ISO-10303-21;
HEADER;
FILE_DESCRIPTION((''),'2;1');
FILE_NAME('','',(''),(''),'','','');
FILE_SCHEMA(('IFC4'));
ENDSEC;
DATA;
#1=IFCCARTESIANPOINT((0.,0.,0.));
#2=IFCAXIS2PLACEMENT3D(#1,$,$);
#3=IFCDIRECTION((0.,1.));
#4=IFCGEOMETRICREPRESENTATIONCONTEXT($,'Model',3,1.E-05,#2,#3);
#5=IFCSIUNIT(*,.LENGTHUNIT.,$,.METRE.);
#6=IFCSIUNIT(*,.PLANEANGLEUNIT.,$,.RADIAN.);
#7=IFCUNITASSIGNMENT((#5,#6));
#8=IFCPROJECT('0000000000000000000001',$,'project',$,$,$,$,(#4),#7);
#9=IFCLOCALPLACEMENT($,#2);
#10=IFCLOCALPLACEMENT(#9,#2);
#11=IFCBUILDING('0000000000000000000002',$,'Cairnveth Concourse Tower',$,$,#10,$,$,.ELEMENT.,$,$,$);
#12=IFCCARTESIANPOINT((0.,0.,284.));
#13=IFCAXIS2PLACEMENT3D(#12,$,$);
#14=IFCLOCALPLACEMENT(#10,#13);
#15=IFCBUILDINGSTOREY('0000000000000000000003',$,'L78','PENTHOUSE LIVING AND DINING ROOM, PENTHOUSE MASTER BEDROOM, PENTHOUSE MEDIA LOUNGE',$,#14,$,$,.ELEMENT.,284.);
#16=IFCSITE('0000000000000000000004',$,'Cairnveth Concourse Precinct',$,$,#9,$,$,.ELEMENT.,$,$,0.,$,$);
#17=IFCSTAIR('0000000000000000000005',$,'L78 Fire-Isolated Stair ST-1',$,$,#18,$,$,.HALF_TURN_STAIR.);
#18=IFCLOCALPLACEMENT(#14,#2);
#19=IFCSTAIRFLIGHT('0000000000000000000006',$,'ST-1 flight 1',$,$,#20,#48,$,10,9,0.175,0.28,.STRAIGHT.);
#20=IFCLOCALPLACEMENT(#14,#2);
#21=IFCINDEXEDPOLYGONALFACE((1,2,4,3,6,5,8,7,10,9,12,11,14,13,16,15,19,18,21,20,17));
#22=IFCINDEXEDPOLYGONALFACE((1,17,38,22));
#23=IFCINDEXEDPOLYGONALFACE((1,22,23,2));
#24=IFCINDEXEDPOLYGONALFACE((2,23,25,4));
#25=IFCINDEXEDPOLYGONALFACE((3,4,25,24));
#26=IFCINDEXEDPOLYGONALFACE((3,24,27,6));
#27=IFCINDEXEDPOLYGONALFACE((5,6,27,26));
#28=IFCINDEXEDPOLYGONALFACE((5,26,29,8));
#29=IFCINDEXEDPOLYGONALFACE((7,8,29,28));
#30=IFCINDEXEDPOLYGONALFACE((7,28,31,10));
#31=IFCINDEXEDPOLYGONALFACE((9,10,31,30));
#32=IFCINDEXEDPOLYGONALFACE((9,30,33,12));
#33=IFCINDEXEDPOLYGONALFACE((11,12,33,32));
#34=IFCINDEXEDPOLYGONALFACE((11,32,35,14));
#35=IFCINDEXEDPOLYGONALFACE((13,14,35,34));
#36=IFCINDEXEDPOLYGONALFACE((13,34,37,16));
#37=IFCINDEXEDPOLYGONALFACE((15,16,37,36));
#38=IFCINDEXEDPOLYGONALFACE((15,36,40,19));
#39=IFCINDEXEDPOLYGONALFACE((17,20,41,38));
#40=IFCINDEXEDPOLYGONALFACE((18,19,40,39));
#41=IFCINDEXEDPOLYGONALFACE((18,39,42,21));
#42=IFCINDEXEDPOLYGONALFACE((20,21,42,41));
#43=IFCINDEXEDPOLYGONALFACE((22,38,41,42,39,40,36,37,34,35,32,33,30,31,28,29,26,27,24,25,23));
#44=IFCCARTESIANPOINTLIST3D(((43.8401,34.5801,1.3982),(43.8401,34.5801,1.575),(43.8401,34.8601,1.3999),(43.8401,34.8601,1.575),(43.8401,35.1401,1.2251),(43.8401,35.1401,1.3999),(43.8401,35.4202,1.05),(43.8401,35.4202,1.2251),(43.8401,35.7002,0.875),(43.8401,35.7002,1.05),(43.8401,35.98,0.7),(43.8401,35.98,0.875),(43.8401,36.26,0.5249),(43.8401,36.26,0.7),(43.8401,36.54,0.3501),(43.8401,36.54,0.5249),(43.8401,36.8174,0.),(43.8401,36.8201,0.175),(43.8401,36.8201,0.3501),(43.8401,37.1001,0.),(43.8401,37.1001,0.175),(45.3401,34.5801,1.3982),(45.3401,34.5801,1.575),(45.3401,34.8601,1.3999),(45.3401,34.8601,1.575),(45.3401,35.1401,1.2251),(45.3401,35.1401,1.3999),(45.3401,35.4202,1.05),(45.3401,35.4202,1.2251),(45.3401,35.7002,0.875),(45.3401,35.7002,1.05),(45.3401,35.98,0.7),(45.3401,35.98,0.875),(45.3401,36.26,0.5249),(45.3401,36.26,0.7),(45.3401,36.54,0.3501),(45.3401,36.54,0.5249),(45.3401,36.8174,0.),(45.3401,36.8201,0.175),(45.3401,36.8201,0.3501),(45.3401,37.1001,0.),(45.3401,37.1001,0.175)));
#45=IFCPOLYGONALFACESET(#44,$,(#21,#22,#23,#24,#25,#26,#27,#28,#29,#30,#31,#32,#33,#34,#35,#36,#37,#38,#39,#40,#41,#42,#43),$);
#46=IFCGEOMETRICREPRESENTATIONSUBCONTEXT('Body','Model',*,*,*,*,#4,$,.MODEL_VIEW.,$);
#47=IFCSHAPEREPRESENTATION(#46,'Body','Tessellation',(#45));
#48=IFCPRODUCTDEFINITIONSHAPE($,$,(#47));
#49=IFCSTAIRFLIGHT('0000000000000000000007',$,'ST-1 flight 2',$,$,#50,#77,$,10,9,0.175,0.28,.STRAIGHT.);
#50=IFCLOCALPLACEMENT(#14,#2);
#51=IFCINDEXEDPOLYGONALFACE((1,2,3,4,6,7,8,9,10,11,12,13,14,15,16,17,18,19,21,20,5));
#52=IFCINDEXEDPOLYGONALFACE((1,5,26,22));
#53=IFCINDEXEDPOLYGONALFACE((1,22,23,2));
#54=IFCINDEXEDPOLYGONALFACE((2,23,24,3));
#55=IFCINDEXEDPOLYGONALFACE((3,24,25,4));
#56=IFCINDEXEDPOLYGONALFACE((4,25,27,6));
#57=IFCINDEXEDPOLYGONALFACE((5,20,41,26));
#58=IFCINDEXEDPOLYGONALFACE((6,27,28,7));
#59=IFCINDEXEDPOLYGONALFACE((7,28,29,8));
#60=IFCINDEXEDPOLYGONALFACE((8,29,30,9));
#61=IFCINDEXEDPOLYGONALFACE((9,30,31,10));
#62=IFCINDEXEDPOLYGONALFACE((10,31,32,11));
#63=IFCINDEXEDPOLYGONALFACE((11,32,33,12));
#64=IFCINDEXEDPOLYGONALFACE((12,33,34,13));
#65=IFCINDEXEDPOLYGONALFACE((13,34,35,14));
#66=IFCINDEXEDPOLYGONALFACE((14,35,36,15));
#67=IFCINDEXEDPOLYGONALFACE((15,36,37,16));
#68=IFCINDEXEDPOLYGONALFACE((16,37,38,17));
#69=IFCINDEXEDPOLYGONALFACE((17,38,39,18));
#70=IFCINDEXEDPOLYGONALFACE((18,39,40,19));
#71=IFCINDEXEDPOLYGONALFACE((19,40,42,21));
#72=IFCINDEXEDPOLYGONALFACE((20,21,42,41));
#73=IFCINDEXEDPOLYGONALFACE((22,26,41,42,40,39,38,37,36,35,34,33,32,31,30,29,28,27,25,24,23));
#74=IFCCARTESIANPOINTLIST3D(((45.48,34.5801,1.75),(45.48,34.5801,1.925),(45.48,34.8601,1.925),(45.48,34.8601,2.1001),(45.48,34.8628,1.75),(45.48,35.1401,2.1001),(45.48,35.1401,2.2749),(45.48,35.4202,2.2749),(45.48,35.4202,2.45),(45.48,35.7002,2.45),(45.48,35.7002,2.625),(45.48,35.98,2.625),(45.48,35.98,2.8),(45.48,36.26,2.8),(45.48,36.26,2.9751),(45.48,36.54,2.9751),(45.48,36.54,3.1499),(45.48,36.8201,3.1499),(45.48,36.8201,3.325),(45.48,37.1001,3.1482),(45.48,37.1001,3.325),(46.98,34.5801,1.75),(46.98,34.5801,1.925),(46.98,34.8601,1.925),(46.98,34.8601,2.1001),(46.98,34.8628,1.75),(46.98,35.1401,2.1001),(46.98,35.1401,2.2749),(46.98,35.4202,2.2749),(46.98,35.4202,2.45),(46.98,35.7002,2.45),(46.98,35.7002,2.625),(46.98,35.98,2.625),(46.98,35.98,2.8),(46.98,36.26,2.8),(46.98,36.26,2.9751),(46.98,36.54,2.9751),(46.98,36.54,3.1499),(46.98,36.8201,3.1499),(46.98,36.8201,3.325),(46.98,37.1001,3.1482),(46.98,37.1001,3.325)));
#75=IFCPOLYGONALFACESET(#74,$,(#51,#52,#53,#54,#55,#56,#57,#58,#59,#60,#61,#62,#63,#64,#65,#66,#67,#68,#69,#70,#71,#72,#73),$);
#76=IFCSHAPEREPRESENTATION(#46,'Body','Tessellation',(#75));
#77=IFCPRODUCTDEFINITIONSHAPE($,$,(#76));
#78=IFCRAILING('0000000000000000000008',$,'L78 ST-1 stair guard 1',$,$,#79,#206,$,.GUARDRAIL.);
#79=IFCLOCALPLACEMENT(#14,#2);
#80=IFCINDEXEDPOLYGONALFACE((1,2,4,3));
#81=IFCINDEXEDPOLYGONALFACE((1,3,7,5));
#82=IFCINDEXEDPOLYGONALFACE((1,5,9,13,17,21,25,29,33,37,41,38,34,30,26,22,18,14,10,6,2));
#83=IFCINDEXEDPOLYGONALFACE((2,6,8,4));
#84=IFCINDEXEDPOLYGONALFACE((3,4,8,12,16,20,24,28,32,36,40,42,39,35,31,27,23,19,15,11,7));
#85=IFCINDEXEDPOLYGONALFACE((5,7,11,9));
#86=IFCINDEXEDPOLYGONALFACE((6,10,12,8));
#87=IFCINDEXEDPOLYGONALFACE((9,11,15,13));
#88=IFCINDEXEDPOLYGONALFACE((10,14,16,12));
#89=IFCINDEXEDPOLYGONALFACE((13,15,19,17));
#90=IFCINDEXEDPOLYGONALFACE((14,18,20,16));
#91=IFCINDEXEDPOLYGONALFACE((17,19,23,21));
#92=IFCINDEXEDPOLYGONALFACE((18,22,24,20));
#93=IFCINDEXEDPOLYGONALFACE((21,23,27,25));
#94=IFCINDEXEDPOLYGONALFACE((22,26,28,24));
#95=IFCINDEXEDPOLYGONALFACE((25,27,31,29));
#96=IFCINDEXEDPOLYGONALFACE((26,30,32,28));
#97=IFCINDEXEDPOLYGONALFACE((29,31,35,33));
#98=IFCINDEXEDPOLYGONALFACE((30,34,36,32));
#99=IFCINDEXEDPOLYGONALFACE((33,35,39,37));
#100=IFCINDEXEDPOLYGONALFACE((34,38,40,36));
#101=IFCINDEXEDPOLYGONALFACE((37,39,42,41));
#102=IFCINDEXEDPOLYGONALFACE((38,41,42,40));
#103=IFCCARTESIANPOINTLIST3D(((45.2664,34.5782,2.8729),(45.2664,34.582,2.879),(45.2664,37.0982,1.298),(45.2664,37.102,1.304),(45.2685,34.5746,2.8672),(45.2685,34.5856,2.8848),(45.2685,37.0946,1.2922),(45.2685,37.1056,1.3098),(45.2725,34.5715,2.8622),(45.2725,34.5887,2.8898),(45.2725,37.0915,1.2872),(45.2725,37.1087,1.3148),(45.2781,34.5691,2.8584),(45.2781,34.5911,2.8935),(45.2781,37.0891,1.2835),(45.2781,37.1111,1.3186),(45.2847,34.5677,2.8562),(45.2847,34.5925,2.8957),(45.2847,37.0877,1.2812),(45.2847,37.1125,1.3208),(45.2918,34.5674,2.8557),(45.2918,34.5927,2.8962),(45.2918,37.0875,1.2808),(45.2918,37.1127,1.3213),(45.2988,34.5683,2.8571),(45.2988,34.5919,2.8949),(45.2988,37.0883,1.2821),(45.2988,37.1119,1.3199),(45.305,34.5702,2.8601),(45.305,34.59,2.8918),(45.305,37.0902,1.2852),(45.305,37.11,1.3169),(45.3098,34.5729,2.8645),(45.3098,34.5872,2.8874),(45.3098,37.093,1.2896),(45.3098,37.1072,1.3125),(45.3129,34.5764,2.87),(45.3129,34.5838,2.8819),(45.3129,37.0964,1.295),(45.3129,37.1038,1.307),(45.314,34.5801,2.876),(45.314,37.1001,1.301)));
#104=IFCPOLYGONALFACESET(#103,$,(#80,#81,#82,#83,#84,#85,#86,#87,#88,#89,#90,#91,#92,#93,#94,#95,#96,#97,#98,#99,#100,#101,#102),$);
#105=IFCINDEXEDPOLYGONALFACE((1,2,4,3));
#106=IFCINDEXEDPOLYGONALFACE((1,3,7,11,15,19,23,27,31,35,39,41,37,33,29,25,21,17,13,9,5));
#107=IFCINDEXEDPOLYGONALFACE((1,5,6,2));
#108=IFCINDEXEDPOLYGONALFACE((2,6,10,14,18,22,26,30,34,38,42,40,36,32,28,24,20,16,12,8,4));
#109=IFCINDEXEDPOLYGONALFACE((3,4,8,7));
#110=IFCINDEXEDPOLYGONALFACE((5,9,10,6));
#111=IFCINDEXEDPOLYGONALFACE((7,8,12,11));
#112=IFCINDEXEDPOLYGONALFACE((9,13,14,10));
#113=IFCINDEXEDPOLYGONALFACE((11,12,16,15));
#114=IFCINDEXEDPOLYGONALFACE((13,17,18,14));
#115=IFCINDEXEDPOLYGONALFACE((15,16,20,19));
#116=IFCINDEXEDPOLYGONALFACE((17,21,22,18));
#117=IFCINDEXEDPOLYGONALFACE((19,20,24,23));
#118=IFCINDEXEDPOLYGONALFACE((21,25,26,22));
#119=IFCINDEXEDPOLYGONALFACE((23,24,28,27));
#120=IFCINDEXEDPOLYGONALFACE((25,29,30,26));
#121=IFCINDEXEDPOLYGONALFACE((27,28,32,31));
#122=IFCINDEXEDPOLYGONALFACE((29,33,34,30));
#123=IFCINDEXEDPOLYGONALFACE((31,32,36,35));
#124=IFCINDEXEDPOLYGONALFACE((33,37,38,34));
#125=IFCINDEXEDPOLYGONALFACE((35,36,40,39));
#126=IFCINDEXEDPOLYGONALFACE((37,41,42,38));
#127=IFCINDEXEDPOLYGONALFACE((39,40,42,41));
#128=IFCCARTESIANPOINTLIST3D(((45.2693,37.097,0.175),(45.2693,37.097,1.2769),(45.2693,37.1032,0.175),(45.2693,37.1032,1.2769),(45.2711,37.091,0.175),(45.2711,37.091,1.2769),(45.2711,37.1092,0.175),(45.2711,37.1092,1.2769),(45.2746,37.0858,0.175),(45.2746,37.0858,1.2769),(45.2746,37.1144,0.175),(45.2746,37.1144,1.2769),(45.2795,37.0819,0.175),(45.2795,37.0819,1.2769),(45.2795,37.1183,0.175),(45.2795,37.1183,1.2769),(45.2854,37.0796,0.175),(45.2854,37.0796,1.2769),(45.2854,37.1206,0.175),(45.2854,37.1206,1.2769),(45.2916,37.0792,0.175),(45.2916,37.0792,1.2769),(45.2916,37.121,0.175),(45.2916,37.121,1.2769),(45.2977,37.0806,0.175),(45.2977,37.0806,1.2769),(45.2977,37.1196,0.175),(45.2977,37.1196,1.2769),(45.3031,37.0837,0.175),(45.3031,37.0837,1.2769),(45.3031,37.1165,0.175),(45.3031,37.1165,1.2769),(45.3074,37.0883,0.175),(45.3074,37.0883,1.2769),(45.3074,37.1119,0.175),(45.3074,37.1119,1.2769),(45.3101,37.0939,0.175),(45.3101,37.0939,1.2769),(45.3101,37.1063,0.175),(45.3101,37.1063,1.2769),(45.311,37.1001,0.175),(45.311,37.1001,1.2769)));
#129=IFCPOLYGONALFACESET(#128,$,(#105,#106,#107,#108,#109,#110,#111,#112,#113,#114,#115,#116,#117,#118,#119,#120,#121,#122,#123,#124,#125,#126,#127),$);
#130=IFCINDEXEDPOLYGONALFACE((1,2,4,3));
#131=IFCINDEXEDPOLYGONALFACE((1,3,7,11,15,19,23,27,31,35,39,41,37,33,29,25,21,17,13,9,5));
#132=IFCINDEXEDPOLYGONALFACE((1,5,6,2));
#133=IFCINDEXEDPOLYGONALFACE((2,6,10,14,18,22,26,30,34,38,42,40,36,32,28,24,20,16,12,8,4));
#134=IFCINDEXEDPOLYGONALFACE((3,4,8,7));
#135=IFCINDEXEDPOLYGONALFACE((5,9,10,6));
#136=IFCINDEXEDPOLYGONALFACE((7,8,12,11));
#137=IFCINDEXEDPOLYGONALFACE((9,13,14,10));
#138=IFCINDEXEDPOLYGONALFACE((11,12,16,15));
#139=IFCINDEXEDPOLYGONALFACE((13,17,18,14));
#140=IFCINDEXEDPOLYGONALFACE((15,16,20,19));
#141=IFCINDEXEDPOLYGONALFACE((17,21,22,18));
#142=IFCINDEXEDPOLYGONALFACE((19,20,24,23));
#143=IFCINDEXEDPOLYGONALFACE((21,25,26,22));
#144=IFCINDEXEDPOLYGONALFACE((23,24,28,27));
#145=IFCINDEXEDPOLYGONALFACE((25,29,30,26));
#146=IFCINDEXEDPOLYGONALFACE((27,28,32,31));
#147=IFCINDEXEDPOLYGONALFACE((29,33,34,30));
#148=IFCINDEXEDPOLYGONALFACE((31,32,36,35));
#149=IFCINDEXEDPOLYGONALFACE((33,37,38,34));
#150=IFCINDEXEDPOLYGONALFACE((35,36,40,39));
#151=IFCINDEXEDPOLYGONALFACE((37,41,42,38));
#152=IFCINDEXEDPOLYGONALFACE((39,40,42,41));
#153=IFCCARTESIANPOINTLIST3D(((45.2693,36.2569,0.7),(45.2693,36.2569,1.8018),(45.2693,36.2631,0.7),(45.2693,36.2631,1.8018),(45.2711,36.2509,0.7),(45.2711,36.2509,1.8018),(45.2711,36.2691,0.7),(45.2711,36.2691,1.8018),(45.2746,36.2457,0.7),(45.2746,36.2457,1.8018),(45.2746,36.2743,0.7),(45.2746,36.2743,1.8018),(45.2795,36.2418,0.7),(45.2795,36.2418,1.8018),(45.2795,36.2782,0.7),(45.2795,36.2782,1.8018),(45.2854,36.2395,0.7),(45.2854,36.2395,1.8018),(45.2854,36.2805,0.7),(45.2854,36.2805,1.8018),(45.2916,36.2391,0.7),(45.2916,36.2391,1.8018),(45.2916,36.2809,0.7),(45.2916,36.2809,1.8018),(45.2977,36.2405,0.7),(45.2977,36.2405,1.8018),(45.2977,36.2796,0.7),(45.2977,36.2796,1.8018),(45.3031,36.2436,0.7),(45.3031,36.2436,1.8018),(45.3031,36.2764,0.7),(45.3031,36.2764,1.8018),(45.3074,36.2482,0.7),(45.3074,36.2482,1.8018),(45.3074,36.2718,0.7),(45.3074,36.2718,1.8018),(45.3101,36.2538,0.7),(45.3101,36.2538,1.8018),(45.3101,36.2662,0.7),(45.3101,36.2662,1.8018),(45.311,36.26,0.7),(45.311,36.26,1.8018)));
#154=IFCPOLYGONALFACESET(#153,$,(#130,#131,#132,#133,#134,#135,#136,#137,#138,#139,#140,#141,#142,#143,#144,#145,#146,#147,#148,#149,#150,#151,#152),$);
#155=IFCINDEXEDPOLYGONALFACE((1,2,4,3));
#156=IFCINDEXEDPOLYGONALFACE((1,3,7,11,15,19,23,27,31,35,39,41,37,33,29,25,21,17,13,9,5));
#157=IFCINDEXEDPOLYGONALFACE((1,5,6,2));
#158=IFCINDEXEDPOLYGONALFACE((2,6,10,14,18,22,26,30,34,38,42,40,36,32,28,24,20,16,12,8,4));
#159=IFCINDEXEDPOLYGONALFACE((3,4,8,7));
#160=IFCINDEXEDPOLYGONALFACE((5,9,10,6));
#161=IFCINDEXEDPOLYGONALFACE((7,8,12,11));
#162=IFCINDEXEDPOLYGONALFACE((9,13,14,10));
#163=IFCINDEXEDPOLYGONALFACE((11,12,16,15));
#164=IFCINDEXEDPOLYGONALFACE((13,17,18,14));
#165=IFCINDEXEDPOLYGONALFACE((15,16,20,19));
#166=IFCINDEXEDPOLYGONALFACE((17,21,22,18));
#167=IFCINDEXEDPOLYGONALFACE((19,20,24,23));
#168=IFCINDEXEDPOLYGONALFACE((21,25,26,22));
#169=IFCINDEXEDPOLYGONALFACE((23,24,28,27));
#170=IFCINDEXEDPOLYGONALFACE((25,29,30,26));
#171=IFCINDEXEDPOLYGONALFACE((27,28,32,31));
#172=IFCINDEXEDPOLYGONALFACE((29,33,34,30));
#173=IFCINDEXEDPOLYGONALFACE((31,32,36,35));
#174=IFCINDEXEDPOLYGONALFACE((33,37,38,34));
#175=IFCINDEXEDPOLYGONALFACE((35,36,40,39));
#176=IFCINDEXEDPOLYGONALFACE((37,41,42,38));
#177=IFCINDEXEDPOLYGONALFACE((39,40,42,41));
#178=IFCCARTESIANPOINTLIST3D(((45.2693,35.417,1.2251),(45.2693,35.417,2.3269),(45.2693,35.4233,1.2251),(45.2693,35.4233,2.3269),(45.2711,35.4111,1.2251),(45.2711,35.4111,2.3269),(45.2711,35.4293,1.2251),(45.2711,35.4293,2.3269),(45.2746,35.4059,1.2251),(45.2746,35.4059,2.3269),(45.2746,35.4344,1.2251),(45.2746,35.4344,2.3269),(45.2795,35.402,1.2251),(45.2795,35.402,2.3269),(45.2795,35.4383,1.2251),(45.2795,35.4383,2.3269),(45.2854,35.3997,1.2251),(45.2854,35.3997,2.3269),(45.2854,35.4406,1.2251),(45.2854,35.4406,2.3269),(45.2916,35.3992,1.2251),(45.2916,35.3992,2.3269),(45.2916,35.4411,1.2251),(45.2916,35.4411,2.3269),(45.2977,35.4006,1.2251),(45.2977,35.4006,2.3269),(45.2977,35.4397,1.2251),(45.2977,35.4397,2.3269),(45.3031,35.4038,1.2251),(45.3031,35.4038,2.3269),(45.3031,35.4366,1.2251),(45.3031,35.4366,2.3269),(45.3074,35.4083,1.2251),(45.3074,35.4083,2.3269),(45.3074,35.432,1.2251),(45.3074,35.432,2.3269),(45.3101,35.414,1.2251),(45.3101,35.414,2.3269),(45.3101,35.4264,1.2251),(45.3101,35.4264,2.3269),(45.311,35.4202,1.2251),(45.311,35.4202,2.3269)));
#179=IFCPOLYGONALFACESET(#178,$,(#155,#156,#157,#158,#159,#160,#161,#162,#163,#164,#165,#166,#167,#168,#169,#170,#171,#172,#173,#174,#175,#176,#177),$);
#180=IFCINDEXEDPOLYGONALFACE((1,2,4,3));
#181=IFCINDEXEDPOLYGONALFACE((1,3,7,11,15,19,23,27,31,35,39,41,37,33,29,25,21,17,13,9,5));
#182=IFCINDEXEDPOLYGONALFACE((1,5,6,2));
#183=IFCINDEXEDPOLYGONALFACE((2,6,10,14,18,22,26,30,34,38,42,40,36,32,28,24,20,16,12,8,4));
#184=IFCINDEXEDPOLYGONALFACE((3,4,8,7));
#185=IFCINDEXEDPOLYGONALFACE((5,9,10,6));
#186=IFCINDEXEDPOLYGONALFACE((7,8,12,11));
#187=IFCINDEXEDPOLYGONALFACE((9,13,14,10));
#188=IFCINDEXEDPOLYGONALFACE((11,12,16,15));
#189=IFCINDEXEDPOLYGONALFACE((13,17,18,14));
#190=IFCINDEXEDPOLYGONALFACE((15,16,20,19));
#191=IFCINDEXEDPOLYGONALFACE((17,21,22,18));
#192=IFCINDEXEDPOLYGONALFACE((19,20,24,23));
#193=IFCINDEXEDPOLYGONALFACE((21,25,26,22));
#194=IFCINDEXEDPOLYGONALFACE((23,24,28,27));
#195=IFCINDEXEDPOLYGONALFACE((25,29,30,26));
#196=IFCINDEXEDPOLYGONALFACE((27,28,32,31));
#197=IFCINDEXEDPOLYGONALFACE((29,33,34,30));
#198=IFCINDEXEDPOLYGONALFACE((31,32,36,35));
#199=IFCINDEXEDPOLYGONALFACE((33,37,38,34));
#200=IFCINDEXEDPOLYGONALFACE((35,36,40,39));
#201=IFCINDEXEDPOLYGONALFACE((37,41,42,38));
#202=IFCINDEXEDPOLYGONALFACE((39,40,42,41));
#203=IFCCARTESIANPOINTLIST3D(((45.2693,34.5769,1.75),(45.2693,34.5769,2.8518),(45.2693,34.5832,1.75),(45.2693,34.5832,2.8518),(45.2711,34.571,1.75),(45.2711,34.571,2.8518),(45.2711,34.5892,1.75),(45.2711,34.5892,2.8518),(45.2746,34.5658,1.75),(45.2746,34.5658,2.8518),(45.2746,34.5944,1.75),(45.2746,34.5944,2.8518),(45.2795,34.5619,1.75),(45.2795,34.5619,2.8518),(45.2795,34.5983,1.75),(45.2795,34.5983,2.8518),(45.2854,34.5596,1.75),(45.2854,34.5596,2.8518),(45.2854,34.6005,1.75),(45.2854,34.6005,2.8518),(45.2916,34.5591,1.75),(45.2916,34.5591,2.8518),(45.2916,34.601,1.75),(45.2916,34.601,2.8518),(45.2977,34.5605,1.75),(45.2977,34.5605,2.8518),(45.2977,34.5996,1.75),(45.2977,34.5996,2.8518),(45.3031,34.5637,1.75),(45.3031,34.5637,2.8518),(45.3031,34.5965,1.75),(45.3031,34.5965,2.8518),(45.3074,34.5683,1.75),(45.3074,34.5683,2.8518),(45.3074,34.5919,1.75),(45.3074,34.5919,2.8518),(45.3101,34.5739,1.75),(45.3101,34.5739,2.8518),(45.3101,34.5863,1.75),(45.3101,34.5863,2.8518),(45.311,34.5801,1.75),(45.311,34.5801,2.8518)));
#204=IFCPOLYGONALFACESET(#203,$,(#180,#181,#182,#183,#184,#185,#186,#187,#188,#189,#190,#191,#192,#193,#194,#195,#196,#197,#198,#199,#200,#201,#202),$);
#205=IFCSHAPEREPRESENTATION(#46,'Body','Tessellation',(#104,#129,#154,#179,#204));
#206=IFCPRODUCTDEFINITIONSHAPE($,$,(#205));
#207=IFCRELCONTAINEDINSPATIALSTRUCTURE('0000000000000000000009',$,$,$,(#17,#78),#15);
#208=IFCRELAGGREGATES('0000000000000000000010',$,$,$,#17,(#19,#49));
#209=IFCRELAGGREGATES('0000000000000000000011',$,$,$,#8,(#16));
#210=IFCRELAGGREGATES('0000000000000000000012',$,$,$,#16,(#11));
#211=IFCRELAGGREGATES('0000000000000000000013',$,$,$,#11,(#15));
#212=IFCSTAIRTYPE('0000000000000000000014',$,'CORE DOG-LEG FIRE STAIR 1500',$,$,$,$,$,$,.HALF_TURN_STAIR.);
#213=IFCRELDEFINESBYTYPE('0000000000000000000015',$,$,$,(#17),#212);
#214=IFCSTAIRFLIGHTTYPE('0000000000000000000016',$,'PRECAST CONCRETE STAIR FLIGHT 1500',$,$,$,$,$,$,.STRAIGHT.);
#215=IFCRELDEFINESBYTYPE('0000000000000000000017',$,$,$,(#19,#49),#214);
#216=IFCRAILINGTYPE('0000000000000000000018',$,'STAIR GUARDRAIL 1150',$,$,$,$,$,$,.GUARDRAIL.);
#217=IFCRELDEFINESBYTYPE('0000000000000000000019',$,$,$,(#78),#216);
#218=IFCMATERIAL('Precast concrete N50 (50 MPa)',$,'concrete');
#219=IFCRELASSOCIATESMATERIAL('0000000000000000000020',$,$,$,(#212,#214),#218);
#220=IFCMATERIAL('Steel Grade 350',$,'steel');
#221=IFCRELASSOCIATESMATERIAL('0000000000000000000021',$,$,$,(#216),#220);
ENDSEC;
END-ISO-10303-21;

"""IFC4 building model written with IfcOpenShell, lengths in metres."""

from ifc_helpers import new_model, si_unit, direction, frame, origin, origin_2d, place, context, subcontext, project, spatial, polyline, circle, outline, extrude, material, type_object, element, aggregate, save


model = new_model("IFC4")

# Units and contexts
model_context = context("Model", 3, precision=1e-05, world=origin(), true_north=direction((0.0, 1.0)))
body_context = subcontext(model_context, "Body", "Model", "MODEL_VIEW")
ifc_project = project(units=[si_unit("LENGTHUNIT", "METRE"), si_unit("PLANEANGLEUNIT", "RADIAN")], contexts=[model_context])

# Site, building, storey
site_placement = place(None, origin())
site = spatial("IfcSite", under=ifc_project, at=site_placement, Name="Cairnveth Concourse Precinct", CompositionType="ELEMENT", RefElevation=0.0)
building_placement = place(site_placement, origin())
building = spatial("IfcBuilding", under=site, at=building_placement, Name="Cairnveth Concourse Tower", CompositionType="ELEMENT")
storey_placement = place(building_placement, frame((0.0, 0.0, 284.0)))
storey = spatial("IfcBuildingStorey", under=building, at=storey_placement, Name="L78", Description="PENTHOUSE LIVING AND DINING ROOM, PENTHOUSE MASTER BEDROOM, PENTHOUSE MEDIA LOUNGE", CompositionType="ELEMENT", Elevation=284.0)

# Shared definitions
ifc_material_1 = material(Name="Steel Grade 350", Category="steel")

# Stair, stair flights
ifc_material_2 = material(Name="Precast concrete N50 (50 MPa)", Category="concrete")
stair_type = type_object("IfcStairType", Name="CORE DOG-LEG FIRE STAIR 1500", PredefinedType="HALF_TURN_STAIR", material=ifc_material_2)
stair_placement = place(storey_placement, origin())
stair = element("IfcStair", 1, at=stair_placement, inside=storey, type_object=stair_type, Name="L78 Fire-Isolated Stair ST-1", PredefinedType="HALF_TURN_STAIR")
stair_flight_type = type_object("IfcStairFlightType", Name="PRECAST CONCRETE STAIR FLIGHT 1500", PredefinedType="STRAIGHT", material=ifc_material_2)
stair_flight_1_placement = place(storey_placement, frame((44.5901, 37.1001, 0.0), z_axis=(0.0, 0.0, 1.0), x_axis=(0.0, -1.0, 0.0)))
stair_flight_1 = element("IfcStairFlight", 2, at=stair_flight_1_placement, type_object=stair_flight_type, Name="ST-1 flight 1", NumberOfRisers=10, NumberOfTreads=9, PredefinedType="STRAIGHT", RiserHeight=0.175, TreadLength=0.28, context=body_context, shape_type="SweptSolid", body=[
    extrude(outline(polyline([(0.0, 0.0), (0.0, 0.175), (0.28, 0.175), (0.28, 0.3501), (0.5601, 0.3501), (0.5601, 0.5249), (0.8401, 0.5249), (0.8401, 0.7), (1.1201, 0.7), (1.1201, 0.875), (1.3999, 0.875), (1.3999, 1.05), (1.6799, 1.05), (1.6799, 1.2251), (1.96, 1.2251), (1.96, 1.3999), (2.24, 1.3999), (2.24, 1.575), (2.52, 1.575), (2.52, 1.75), (2.52, 1.3982), (0.2827, 0.0), (0.0, 0.0)])), frame((0.0, 0.75, 0.0), z_axis=(0.0, -1.0, 0.0), x_axis=(1.0, 0.0, 0.0)), (0.0, 0.0, 1.0), 1.5),
])
stair_flight_2_placement = place(storey_placement, frame((46.23, 34.5801, 1.75), z_axis=(0.0, 0.0, 1.0), x_axis=(0.0, 1.0, 0.0)))
stair_flight_2 = element("IfcStairFlight", 3, at=stair_flight_2_placement, type_object=stair_flight_type, Name="ST-1 flight 2", NumberOfRisers=10, NumberOfTreads=9, PredefinedType="STRAIGHT", RiserHeight=0.175, TreadLength=0.28, context=body_context, shape_type="SweptSolid", body=[
    extrude(outline(polyline([(0.0, 0.0), (0.0, 0.175), (0.28, 0.175), (0.28, 0.3501), (0.5601, 0.3501), (0.5601, 0.5249), (0.8401, 0.5249), (0.8401, 0.7), (1.1201, 0.7), (1.1201, 0.875), (1.3999, 0.875), (1.3999, 1.05), (1.6799, 1.05), (1.6799, 1.2251), (1.96, 1.2251), (1.96, 1.3999), (2.24, 1.3999), (2.24, 1.575), (2.52, 1.575), (2.52, 1.75), (2.52, 1.3982), (0.2827, 0.0), (0.0, 0.0)])), frame((0.0, 0.75, 0.0), z_axis=(0.0, -1.0, 0.0), x_axis=(1.0, 0.0, 0.0)), (0.0, 0.0, 1.0), 1.5),
])
aggregate(stair, [stair_flight_1, stair_flight_2])

# Railing
railing_type_1 = type_object("IfcRailingType", Name="STAIR GUARDRAIL 1150", PredefinedType="GUARDRAIL", material=ifc_material_1)
railing_1_placement = place(storey_placement, frame((45.29, 37.1001, 0.175)))
element("IfcRailing", 4, at=railing_1_placement, inside=storey, type_object=railing_type_1, Name="L78 ST-1 stair guard 1", PredefinedType="GUARDRAIL", context=body_context, shape_type="SweptSolid", body=[
    extrude(circle(Radius=0.0239, at=origin_2d()), frame((0.0, 0.0, 1.126), z_axis=(0.0, -0.848008, 0.529984), x_axis=(1.0, 0.0, 0.0)), (0.0, 0.0, 1.0), 2.9717),
    extrude(circle(Radius=0.021, at=origin_2d()), origin(), (0.0, 0.0, 1.0), 1.1018),
    extrude(circle(Radius=0.021, at=origin_2d()), frame((0.0, -0.8401, 0.5249)), (0.0, 0.0, 1.0), 1.1018),
    extrude(circle(Radius=0.021, at=origin_2d()), frame((0.0, -1.6799, 1.05)), (0.0, 0.0, 1.0), 1.1018),
    extrude(circle(Radius=0.021, at=origin_2d()), frame((0.0, -2.52, 1.575)), (0.0, 0.0, 1.0), 1.1018),
])

save(model, "model.ifc")
